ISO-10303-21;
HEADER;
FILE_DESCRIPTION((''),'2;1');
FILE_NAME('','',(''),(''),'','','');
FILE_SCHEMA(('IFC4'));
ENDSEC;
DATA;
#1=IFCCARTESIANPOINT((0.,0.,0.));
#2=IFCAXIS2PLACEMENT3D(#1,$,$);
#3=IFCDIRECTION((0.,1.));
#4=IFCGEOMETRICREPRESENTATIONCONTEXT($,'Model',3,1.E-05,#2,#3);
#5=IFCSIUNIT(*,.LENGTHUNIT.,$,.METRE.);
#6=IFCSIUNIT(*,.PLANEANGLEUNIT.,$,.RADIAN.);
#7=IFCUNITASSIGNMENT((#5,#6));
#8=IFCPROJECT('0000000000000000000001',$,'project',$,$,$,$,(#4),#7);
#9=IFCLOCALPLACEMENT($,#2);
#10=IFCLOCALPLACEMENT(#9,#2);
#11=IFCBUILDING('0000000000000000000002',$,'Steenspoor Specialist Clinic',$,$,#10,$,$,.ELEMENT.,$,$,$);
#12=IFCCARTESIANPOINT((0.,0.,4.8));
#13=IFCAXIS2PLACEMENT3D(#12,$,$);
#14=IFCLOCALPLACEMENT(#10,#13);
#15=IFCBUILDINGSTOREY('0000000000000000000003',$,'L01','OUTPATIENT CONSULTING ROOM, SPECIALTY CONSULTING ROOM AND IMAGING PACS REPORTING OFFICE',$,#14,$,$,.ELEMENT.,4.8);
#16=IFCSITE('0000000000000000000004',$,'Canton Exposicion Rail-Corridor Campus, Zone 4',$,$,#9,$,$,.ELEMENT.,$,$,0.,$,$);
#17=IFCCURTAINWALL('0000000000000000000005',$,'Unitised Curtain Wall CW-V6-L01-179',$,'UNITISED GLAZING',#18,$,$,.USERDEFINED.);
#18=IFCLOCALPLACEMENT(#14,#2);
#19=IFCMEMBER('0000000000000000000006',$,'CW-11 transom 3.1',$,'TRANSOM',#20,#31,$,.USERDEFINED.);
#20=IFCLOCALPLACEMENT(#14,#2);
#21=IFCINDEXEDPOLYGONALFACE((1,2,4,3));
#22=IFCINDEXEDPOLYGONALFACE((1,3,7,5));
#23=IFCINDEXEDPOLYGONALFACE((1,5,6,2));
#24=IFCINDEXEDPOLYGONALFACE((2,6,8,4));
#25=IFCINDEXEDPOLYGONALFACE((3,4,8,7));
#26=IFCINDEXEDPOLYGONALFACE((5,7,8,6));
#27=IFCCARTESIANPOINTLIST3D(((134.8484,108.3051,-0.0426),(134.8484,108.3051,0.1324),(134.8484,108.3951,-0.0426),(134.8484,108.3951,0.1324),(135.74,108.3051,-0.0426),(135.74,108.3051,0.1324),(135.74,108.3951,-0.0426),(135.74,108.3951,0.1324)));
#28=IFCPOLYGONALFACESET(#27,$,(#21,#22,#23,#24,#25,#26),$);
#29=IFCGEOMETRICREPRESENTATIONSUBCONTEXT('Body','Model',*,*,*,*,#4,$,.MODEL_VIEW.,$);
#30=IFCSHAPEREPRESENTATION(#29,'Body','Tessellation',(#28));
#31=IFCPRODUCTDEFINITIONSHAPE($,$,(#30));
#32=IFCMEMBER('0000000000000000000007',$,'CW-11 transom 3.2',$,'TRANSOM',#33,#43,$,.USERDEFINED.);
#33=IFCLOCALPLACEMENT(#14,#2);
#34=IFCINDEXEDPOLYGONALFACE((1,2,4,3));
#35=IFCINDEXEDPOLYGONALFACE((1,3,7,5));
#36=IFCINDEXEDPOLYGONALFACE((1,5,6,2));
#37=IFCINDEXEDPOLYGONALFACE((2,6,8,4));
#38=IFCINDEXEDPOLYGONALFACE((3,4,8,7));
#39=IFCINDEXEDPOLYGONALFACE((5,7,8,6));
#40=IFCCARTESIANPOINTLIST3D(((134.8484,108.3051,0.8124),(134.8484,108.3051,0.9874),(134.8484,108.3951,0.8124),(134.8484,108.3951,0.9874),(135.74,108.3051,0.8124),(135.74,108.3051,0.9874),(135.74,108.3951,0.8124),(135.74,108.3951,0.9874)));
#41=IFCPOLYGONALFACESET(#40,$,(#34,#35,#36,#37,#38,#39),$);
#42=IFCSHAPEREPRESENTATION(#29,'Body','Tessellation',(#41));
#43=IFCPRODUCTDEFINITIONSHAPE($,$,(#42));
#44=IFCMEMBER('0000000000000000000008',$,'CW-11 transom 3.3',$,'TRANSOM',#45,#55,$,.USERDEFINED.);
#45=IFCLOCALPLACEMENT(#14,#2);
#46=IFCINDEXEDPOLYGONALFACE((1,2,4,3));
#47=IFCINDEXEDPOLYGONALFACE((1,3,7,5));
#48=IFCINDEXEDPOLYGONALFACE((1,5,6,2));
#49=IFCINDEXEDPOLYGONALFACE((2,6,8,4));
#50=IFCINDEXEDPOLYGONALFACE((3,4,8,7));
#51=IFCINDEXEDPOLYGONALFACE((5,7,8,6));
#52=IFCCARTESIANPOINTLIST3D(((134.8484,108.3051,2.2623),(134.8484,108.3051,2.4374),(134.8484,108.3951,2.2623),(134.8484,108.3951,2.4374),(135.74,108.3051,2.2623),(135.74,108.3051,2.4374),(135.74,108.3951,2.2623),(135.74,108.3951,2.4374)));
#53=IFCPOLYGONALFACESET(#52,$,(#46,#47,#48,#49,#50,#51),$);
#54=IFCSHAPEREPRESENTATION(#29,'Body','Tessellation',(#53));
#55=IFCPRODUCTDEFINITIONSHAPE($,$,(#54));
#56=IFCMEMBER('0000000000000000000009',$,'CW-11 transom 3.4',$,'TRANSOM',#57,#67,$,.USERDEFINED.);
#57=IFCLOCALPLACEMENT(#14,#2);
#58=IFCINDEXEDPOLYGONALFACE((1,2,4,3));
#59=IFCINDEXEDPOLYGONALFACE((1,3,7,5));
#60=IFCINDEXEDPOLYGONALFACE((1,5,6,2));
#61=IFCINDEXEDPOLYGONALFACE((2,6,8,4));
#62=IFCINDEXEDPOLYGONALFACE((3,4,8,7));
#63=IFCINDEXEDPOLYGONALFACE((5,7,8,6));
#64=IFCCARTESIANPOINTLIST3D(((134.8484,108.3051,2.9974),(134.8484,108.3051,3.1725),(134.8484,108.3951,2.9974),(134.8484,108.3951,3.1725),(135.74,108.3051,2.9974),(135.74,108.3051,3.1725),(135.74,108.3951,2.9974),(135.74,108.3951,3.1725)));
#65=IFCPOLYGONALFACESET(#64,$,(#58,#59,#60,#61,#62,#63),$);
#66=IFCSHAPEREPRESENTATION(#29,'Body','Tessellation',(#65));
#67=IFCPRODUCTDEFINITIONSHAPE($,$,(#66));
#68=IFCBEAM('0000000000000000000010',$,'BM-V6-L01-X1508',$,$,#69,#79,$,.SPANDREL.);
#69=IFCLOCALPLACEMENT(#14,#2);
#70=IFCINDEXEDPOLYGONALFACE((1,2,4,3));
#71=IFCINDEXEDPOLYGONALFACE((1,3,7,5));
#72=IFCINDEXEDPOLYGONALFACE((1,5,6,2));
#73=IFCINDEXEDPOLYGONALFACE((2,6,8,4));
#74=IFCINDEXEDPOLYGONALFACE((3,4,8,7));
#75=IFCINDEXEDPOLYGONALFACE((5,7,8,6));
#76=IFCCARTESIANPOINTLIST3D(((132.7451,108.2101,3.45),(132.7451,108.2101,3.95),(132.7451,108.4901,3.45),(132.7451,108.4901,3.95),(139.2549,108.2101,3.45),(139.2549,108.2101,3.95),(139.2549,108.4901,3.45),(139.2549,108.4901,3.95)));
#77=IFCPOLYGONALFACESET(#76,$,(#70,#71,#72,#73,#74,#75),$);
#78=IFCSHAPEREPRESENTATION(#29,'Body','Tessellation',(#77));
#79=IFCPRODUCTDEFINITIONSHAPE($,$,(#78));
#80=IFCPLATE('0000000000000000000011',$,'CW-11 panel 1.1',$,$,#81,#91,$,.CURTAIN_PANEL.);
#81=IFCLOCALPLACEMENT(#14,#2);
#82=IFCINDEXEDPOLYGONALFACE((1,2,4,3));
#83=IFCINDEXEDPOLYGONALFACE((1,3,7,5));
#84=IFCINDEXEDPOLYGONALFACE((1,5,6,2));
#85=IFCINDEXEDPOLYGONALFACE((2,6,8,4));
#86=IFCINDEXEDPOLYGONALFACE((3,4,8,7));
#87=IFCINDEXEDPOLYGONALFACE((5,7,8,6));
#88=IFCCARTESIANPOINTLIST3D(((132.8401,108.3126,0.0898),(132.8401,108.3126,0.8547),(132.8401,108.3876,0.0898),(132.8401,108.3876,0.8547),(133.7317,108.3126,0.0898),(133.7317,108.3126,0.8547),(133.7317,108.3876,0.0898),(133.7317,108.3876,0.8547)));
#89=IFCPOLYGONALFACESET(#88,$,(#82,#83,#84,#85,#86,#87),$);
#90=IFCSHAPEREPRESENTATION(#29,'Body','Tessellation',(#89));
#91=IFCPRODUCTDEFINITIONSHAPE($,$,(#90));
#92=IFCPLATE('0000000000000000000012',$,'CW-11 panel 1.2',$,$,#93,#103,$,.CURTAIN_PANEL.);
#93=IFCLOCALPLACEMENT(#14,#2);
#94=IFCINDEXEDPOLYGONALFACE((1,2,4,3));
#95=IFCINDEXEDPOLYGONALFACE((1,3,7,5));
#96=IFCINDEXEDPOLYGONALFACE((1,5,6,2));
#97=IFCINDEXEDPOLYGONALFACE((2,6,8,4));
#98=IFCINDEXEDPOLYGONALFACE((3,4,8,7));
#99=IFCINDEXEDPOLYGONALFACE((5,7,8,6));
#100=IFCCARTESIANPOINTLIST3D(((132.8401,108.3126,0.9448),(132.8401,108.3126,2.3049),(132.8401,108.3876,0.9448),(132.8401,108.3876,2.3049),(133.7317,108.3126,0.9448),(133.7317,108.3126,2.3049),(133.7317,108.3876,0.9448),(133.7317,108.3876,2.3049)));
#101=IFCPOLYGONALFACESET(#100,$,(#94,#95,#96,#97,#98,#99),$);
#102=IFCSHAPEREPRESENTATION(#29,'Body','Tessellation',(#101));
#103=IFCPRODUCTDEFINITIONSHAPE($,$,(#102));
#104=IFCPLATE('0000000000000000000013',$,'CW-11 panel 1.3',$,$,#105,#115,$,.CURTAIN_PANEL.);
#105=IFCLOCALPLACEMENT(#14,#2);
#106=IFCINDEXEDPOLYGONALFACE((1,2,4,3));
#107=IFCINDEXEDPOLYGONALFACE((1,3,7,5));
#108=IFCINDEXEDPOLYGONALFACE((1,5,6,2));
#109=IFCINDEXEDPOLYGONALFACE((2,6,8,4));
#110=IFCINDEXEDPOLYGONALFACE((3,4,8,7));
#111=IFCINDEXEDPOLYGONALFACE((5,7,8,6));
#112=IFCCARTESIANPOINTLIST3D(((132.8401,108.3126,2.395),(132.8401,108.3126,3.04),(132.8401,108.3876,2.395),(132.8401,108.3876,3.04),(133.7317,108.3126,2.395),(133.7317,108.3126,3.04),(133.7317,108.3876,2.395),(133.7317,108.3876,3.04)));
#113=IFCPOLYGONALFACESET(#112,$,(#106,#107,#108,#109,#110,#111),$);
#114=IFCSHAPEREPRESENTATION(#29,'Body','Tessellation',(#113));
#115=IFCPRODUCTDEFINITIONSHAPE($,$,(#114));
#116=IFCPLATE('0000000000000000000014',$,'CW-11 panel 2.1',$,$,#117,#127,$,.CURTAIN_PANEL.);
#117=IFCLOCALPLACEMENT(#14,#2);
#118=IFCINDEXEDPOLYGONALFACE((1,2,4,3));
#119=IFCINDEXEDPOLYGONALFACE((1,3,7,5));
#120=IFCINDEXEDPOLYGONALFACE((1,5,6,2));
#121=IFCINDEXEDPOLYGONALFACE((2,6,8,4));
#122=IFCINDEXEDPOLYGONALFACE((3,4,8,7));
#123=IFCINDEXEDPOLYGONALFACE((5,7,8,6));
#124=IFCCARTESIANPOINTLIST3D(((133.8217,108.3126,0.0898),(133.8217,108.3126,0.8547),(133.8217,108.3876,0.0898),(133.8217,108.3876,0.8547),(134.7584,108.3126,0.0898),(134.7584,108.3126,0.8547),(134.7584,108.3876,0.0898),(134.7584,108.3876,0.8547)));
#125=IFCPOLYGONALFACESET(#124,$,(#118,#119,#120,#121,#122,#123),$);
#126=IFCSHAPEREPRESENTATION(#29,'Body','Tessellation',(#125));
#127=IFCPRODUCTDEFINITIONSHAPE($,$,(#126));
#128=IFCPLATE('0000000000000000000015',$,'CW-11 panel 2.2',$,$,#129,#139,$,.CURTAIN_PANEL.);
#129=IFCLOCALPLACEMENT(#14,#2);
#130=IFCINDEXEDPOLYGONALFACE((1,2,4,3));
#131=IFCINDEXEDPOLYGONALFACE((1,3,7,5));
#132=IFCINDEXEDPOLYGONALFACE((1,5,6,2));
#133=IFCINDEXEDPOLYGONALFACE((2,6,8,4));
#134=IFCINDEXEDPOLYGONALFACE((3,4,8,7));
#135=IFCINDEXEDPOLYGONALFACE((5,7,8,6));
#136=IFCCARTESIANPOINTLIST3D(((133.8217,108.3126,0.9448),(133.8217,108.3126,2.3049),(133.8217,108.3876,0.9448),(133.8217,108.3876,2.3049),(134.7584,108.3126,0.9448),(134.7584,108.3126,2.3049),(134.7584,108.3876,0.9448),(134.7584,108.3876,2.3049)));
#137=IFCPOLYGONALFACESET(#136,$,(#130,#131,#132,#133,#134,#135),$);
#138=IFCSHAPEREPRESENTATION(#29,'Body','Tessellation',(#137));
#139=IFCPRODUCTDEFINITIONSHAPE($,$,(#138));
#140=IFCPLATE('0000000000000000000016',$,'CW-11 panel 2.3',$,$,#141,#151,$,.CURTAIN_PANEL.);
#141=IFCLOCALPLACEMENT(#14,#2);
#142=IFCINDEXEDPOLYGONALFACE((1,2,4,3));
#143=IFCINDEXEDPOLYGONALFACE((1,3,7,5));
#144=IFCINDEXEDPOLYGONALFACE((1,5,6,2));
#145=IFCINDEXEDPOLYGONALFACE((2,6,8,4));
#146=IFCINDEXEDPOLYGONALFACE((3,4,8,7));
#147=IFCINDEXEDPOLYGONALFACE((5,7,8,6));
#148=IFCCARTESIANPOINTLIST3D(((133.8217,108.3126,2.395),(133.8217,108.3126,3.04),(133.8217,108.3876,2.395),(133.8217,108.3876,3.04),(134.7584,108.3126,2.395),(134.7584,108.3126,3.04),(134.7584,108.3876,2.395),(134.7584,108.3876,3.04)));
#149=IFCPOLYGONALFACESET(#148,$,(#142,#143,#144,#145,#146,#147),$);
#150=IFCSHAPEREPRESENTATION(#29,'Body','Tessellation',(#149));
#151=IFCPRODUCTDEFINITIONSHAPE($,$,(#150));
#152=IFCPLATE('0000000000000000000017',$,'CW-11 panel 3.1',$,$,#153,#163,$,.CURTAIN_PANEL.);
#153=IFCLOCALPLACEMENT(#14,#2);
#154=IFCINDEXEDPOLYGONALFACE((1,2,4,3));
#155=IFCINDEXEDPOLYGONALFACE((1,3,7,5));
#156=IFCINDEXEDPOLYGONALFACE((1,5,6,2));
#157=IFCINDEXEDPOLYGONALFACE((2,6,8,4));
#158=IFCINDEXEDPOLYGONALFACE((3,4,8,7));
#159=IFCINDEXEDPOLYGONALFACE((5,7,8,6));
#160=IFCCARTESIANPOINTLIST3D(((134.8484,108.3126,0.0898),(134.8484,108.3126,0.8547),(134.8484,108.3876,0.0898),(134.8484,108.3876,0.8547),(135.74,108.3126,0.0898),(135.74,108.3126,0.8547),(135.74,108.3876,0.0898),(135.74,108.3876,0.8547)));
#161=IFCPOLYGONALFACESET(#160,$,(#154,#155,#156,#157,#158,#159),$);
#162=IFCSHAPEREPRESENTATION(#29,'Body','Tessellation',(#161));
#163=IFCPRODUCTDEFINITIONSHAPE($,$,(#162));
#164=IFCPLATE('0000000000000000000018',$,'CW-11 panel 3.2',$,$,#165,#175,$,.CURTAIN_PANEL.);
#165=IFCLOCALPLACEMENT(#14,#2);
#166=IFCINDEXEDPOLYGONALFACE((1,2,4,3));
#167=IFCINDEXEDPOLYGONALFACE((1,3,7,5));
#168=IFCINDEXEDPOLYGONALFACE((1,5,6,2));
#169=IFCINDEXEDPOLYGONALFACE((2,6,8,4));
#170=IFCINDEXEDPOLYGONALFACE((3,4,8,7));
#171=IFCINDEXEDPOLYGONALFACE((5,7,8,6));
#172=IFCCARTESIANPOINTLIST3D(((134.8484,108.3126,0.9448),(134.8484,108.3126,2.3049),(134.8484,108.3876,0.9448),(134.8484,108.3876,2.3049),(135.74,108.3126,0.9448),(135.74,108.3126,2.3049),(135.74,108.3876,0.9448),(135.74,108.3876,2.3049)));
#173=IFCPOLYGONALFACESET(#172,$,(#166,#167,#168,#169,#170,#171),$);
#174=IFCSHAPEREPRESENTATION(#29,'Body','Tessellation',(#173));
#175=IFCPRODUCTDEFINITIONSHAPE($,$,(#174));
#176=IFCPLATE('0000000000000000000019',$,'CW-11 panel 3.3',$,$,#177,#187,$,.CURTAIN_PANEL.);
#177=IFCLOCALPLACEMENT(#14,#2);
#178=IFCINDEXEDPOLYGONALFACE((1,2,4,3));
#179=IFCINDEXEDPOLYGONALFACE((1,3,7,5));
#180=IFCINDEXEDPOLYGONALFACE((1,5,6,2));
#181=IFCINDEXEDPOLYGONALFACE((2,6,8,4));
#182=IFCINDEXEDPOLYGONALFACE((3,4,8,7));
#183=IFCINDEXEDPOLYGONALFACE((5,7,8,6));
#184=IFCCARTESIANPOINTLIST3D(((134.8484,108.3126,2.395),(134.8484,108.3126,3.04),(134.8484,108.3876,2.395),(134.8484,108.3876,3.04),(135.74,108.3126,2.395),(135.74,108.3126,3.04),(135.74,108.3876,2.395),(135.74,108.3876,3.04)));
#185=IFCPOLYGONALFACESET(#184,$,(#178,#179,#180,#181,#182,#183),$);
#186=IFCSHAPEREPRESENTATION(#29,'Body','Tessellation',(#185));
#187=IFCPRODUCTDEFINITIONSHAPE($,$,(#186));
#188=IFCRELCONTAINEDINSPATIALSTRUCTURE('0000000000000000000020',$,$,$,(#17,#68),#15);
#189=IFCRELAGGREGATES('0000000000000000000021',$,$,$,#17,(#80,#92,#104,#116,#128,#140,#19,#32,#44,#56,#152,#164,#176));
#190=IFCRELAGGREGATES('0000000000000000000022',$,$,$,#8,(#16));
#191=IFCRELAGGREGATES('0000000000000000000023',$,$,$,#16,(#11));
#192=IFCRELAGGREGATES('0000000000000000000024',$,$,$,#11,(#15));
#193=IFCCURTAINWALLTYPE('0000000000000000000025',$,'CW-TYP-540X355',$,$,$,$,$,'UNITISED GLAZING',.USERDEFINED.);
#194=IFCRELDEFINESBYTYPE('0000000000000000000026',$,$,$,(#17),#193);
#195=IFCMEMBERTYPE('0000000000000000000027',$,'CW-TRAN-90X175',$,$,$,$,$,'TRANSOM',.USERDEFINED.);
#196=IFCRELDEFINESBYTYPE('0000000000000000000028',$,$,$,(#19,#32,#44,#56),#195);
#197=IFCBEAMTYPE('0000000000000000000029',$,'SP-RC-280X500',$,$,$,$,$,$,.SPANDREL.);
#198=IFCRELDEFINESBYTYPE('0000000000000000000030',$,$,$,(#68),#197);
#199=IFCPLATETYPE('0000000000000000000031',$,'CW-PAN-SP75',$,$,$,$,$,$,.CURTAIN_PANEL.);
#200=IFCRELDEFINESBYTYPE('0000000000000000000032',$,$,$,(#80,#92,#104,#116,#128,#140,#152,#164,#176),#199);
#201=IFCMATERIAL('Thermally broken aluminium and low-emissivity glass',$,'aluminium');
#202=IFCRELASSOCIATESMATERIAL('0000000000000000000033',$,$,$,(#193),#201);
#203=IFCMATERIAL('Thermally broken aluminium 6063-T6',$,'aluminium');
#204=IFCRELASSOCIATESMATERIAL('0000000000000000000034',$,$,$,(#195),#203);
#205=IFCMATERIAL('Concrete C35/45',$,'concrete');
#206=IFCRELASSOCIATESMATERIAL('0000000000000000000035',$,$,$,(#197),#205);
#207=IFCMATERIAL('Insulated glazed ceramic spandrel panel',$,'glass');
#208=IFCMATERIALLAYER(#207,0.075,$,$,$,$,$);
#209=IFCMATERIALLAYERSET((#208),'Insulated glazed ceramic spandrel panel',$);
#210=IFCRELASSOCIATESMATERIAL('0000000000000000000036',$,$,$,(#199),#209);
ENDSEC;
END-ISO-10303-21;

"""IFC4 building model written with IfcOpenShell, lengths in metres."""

from ifc_helpers import new_model, si_unit, direction, frame, origin, origin_2d, place, context, subcontext, project, spatial, rectangle, extrude, material, layer, layer_set, material_profile, profile_set, type_object, element, aggregate, save


model = new_model("IFC4")

# Units and contexts
model_context = context("Model", 3, precision=1e-05, world=origin(), true_north=direction((0.0, 1.0)))
body_context = subcontext(model_context, "Body", "Model", "MODEL_VIEW")
ifc_project = project(units=[si_unit("LENGTHUNIT", "METRE"), si_unit("PLANEANGLEUNIT", "RADIAN")], contexts=[model_context])

# Site, building, storey
site_placement = place(None, origin())
site = spatial("IfcSite", under=ifc_project, at=site_placement, Name="Canton Exposicion Rail-Corridor Campus, Zone 4", CompositionType="ELEMENT", RefElevation=0.0)
building_placement = place(site_placement, origin())
building = spatial("IfcBuilding", under=site, at=building_placement, Name="Steenspoor Specialist Clinic", CompositionType="ELEMENT")
storey_placement = place(building_placement, frame((0.0, 0.0, 4.8)))
storey = spatial("IfcBuildingStorey", under=building, at=storey_placement, Name="L01", Description="OUTPATIENT CONSULTING ROOM, SPECIALTY CONSULTING ROOM AND IMAGING PACS REPORTING OFFICE", CompositionType="ELEMENT", Elevation=4.8)

# Curtain wall, members
ifc_material_1 = material(Name="Thermally broken aluminium and low-emissivity glass", Category="aluminium")
curtain_wall_type = type_object("IfcCurtainWallType", Name="CW-TYP-540X355", ElementType="UNITISED GLAZING", PredefinedType="USERDEFINED", material=ifc_material_1)
curtain_wall_placement = place(storey_placement, origin())
curtain_wall = element("IfcCurtainWall", 1, at=curtain_wall_placement, inside=storey, type_object=curtain_wall_type, Name="Unitised Curtain Wall CW-V6-L01-179", ObjectType="UNITISED GLAZING", PredefinedType="USERDEFINED")
ifc_material_2 = material(Name="Thermally broken aluminium 6063-T6", Category="aluminium")
ifc_material_profile_1 = material_profile(ifc_material_2, rectangle(XDim=0.0901, YDim=0.175, at=origin_2d()), Name="CWT-90X175")
ifc_profile_set_1 = profile_set([ifc_material_profile_1], Name="Thermally broken aluminium 6063-T6")
member_type_1 = type_object("IfcMemberType", Name="CW-TRAN-90X175", ElementType="TRANSOM", PredefinedType="USERDEFINED", material=ifc_profile_set_1)
member_1_placement = place(storey_placement, frame((134.8484, 108.3501, 0.0449), z_axis=(1.0, 0.0, 0.0), x_axis=(0.0, 1.0, 0.0)))
member_1 = element("IfcMember", 2, at=member_1_placement, type_object=member_type_1, Name="CW-11 transom 3.1", ObjectType="TRANSOM", PredefinedType="USERDEFINED", context=body_context, shape_type="SweptSolid", body=[
    extrude(rectangle(XDim=0.0901, YDim=0.175, at=origin_2d()), origin(), (0.0, 0.0, 1.0), 0.8916),
])
member_2_placement = place(storey_placement, frame((134.8484, 108.3501, 0.8999), z_axis=(1.0, 0.0, 0.0), x_axis=(0.0, 1.0, 0.0)))
member_2 = element("IfcMember", 3, at=member_2_placement, type_object=member_type_1, Name="CW-11 transom 3.2", ObjectType="TRANSOM", PredefinedType="USERDEFINED", context=body_context, shape_type="SweptSolid", body=[
    extrude(rectangle(XDim=0.0901, YDim=0.175, at=origin_2d()), origin(), (0.0, 0.0, 1.0), 0.8916),
])
member_3_placement = place(storey_placement, frame((134.8484, 108.3501, 2.3499), z_axis=(1.0, 0.0, 0.0), x_axis=(0.0, 1.0, 0.0)))
member_3 = element("IfcMember", 4, at=member_3_placement, type_object=member_type_1, Name="CW-11 transom 3.3", ObjectType="TRANSOM", PredefinedType="USERDEFINED", context=body_context, shape_type="SweptSolid", body=[
    extrude(rectangle(XDim=0.0901, YDim=0.175, at=origin_2d()), origin(), (0.0, 0.0, 1.0), 0.8916),
])
member_4_placement = place(storey_placement, frame((134.8484, 108.3501, 3.085), z_axis=(1.0, 0.0, 0.0), x_axis=(0.0, 1.0, 0.0)))
member_4 = element("IfcMember", 5, at=member_4_placement, type_object=member_type_1, Name="CW-11 transom 3.4", ObjectType="TRANSOM", PredefinedType="USERDEFINED", context=body_context, shape_type="SweptSolid", body=[
    extrude(rectangle(XDim=0.0901, YDim=0.175, at=origin_2d()), origin(), (0.0, 0.0, 1.0), 0.8916),
])

# Beam
ifc_material_3 = material(Name="Concrete C35/45", Category="concrete")
ifc_material_profile_2 = material_profile(ifc_material_3, rectangle(XDim=0.28, YDim=0.5, at=origin_2d()), Name="RC-SP-280X500")
ifc_profile_set_2 = profile_set([ifc_material_profile_2], Name="Concrete C35/45")
beam_type = type_object("IfcBeamType", Name="SP-RC-280X500", PredefinedType="SPANDREL", material=ifc_profile_set_2)
beam_placement = place(storey_placement, frame((132.7451, 108.3501, 3.7), z_axis=(1.0, 0.0, 0.0), x_axis=(0.0, 1.0, 0.0)))
element("IfcBeam", 6, at=beam_placement, inside=storey, type_object=beam_type, Name="BM-V6-L01-X1508", PredefinedType="SPANDREL", context=body_context, shape_type="SweptSolid", body=[
    extrude(rectangle(XDim=0.28, YDim=0.5, at=origin_2d()), origin(), (0.0, 0.0, 1.0), 6.5098),
])

# Plates
ifc_material_4 = material(Name="Insulated glazed ceramic spandrel panel", Category="glass")
ifc_layer_1 = layer(ifc_material_4, 0.075)
ifc_layer_set_1 = layer_set([ifc_layer_1], Name="Insulated glazed ceramic spandrel panel")
plate_type = type_object("IfcPlateType", Name="CW-PAN-SP75", PredefinedType="CURTAIN_PANEL", material=ifc_layer_set_1)
plate_1_placement = place(storey_placement, frame((133.2859, 108.3501, 0.0898), z_axis=(0.0, 0.0, 1.0), x_axis=(1.0, 0.0, 0.0)))
plate_1 = element("IfcPlate", 7, at=plate_1_placement, type_object=plate_type, Name="CW-11 panel 1.1", PredefinedType="CURTAIN_PANEL", context=body_context, shape_type="SweptSolid", body=[
    extrude(rectangle(XDim=0.8916, YDim=0.075, at=origin_2d()), origin(), (0.0, 0.0, 1.0), 0.7649),
])
plate_2_placement = place(storey_placement, frame((133.2859, 108.3501, 0.9448), z_axis=(0.0, 0.0, 1.0), x_axis=(1.0, 0.0, 0.0)))
plate_2 = element("IfcPlate", 8, at=plate_2_placement, type_object=plate_type, Name="CW-11 panel 1.2", PredefinedType="CURTAIN_PANEL", context=body_context, shape_type="SweptSolid", body=[
    extrude(rectangle(XDim=0.8916, YDim=0.075, at=origin_2d()), origin(), (0.0, 0.0, 1.0), 1.3601),
])
plate_3_placement = place(storey_placement, frame((133.2859, 108.3501, 2.395), z_axis=(0.0, 0.0, 1.0), x_axis=(1.0, 0.0, 0.0)))
plate_3 = element("IfcPlate", 9, at=plate_3_placement, type_object=plate_type, Name="CW-11 panel 1.3", PredefinedType="CURTAIN_PANEL", context=body_context, shape_type="SweptSolid", body=[
    extrude(rectangle(XDim=0.8916, YDim=0.075, at=origin_2d()), origin(), (0.0, 0.0, 1.0), 0.645),
])
plate_4_placement = place(storey_placement, frame((134.29, 108.3501, 0.0898), z_axis=(0.0, 0.0, 1.0), x_axis=(1.0, 0.0, 0.0)))
plate_4 = element("IfcPlate", 10, at=plate_4_placement, type_object=plate_type, Name="CW-11 panel 2.1", PredefinedType="CURTAIN_PANEL", context=body_context, shape_type="SweptSolid", body=[
    extrude(rectangle(XDim=0.9368, YDim=0.075, at=origin_2d()), origin(), (0.0, 0.0, 1.0), 0.7649),
])
plate_5_placement = place(storey_placement, frame((134.29, 108.3501, 0.9448), z_axis=(0.0, 0.0, 1.0), x_axis=(1.0, 0.0, 0.0)))
plate_5 = element("IfcPlate", 11, at=plate_5_placement, type_object=plate_type, Name="CW-11 panel 2.2", PredefinedType="CURTAIN_PANEL", context=body_context, shape_type="SweptSolid", body=[
    extrude(rectangle(XDim=0.9368, YDim=0.075, at=origin_2d()), origin(), (0.0, 0.0, 1.0), 1.3601),
])
plate_6_placement = place(storey_placement, frame((134.29, 108.3501, 2.395), z_axis=(0.0, 0.0, 1.0), x_axis=(1.0, 0.0, 0.0)))
plate_6 = element("IfcPlate", 12, at=plate_6_placement, type_object=plate_type, Name="CW-11 panel 2.3", PredefinedType="CURTAIN_PANEL", context=body_context, shape_type="SweptSolid", body=[
    extrude(rectangle(XDim=0.9368, YDim=0.075, at=origin_2d()), origin(), (0.0, 0.0, 1.0), 0.645),
])
plate_7_placement = place(storey_placement, frame((135.2942, 108.3501, 0.0898), z_axis=(0.0, 0.0, 1.0), x_axis=(1.0, 0.0, 0.0)))
plate_7 = element("IfcPlate", 13, at=plate_7_placement, type_object=plate_type, Name="CW-11 panel 3.1", PredefinedType="CURTAIN_PANEL", context=body_context, shape_type="SweptSolid", body=[
    extrude(rectangle(XDim=0.8916, YDim=0.075, at=origin_2d()), origin(), (0.0, 0.0, 1.0), 0.7649),
])
plate_8_placement = place(storey_placement, frame((135.2942, 108.3501, 0.9448), z_axis=(0.0, 0.0, 1.0), x_axis=(1.0, 0.0, 0.0)))
plate_8 = element("IfcPlate", 14, at=plate_8_placement, type_object=plate_type, Name="CW-11 panel 3.2", PredefinedType="CURTAIN_PANEL", context=body_context, shape_type="SweptSolid", body=[
    extrude(rectangle(XDim=0.8916, YDim=0.075, at=origin_2d()), origin(), (0.0, 0.0, 1.0), 1.3601),
])
plate_9_placement = place(storey_placement, frame((135.2942, 108.3501, 2.395), z_axis=(0.0, 0.0, 1.0), x_axis=(1.0, 0.0, 0.0)))
plate_9 = element("IfcPlate", 15, at=plate_9_placement, type_object=plate_type, Name="CW-11 panel 3.3", PredefinedType="CURTAIN_PANEL", context=body_context, shape_type="SweptSolid", body=[
    extrude(rectangle(XDim=0.8916, YDim=0.075, at=origin_2d()), origin(), (0.0, 0.0, 1.0), 0.645),
])
aggregate(curtain_wall, [plate_1, plate_2, plate_3, plate_4, plate_5, plate_6, member_1, member_2, member_3, member_4, plate_7, plate_8, plate_9])

save(model, "model.ifc")
